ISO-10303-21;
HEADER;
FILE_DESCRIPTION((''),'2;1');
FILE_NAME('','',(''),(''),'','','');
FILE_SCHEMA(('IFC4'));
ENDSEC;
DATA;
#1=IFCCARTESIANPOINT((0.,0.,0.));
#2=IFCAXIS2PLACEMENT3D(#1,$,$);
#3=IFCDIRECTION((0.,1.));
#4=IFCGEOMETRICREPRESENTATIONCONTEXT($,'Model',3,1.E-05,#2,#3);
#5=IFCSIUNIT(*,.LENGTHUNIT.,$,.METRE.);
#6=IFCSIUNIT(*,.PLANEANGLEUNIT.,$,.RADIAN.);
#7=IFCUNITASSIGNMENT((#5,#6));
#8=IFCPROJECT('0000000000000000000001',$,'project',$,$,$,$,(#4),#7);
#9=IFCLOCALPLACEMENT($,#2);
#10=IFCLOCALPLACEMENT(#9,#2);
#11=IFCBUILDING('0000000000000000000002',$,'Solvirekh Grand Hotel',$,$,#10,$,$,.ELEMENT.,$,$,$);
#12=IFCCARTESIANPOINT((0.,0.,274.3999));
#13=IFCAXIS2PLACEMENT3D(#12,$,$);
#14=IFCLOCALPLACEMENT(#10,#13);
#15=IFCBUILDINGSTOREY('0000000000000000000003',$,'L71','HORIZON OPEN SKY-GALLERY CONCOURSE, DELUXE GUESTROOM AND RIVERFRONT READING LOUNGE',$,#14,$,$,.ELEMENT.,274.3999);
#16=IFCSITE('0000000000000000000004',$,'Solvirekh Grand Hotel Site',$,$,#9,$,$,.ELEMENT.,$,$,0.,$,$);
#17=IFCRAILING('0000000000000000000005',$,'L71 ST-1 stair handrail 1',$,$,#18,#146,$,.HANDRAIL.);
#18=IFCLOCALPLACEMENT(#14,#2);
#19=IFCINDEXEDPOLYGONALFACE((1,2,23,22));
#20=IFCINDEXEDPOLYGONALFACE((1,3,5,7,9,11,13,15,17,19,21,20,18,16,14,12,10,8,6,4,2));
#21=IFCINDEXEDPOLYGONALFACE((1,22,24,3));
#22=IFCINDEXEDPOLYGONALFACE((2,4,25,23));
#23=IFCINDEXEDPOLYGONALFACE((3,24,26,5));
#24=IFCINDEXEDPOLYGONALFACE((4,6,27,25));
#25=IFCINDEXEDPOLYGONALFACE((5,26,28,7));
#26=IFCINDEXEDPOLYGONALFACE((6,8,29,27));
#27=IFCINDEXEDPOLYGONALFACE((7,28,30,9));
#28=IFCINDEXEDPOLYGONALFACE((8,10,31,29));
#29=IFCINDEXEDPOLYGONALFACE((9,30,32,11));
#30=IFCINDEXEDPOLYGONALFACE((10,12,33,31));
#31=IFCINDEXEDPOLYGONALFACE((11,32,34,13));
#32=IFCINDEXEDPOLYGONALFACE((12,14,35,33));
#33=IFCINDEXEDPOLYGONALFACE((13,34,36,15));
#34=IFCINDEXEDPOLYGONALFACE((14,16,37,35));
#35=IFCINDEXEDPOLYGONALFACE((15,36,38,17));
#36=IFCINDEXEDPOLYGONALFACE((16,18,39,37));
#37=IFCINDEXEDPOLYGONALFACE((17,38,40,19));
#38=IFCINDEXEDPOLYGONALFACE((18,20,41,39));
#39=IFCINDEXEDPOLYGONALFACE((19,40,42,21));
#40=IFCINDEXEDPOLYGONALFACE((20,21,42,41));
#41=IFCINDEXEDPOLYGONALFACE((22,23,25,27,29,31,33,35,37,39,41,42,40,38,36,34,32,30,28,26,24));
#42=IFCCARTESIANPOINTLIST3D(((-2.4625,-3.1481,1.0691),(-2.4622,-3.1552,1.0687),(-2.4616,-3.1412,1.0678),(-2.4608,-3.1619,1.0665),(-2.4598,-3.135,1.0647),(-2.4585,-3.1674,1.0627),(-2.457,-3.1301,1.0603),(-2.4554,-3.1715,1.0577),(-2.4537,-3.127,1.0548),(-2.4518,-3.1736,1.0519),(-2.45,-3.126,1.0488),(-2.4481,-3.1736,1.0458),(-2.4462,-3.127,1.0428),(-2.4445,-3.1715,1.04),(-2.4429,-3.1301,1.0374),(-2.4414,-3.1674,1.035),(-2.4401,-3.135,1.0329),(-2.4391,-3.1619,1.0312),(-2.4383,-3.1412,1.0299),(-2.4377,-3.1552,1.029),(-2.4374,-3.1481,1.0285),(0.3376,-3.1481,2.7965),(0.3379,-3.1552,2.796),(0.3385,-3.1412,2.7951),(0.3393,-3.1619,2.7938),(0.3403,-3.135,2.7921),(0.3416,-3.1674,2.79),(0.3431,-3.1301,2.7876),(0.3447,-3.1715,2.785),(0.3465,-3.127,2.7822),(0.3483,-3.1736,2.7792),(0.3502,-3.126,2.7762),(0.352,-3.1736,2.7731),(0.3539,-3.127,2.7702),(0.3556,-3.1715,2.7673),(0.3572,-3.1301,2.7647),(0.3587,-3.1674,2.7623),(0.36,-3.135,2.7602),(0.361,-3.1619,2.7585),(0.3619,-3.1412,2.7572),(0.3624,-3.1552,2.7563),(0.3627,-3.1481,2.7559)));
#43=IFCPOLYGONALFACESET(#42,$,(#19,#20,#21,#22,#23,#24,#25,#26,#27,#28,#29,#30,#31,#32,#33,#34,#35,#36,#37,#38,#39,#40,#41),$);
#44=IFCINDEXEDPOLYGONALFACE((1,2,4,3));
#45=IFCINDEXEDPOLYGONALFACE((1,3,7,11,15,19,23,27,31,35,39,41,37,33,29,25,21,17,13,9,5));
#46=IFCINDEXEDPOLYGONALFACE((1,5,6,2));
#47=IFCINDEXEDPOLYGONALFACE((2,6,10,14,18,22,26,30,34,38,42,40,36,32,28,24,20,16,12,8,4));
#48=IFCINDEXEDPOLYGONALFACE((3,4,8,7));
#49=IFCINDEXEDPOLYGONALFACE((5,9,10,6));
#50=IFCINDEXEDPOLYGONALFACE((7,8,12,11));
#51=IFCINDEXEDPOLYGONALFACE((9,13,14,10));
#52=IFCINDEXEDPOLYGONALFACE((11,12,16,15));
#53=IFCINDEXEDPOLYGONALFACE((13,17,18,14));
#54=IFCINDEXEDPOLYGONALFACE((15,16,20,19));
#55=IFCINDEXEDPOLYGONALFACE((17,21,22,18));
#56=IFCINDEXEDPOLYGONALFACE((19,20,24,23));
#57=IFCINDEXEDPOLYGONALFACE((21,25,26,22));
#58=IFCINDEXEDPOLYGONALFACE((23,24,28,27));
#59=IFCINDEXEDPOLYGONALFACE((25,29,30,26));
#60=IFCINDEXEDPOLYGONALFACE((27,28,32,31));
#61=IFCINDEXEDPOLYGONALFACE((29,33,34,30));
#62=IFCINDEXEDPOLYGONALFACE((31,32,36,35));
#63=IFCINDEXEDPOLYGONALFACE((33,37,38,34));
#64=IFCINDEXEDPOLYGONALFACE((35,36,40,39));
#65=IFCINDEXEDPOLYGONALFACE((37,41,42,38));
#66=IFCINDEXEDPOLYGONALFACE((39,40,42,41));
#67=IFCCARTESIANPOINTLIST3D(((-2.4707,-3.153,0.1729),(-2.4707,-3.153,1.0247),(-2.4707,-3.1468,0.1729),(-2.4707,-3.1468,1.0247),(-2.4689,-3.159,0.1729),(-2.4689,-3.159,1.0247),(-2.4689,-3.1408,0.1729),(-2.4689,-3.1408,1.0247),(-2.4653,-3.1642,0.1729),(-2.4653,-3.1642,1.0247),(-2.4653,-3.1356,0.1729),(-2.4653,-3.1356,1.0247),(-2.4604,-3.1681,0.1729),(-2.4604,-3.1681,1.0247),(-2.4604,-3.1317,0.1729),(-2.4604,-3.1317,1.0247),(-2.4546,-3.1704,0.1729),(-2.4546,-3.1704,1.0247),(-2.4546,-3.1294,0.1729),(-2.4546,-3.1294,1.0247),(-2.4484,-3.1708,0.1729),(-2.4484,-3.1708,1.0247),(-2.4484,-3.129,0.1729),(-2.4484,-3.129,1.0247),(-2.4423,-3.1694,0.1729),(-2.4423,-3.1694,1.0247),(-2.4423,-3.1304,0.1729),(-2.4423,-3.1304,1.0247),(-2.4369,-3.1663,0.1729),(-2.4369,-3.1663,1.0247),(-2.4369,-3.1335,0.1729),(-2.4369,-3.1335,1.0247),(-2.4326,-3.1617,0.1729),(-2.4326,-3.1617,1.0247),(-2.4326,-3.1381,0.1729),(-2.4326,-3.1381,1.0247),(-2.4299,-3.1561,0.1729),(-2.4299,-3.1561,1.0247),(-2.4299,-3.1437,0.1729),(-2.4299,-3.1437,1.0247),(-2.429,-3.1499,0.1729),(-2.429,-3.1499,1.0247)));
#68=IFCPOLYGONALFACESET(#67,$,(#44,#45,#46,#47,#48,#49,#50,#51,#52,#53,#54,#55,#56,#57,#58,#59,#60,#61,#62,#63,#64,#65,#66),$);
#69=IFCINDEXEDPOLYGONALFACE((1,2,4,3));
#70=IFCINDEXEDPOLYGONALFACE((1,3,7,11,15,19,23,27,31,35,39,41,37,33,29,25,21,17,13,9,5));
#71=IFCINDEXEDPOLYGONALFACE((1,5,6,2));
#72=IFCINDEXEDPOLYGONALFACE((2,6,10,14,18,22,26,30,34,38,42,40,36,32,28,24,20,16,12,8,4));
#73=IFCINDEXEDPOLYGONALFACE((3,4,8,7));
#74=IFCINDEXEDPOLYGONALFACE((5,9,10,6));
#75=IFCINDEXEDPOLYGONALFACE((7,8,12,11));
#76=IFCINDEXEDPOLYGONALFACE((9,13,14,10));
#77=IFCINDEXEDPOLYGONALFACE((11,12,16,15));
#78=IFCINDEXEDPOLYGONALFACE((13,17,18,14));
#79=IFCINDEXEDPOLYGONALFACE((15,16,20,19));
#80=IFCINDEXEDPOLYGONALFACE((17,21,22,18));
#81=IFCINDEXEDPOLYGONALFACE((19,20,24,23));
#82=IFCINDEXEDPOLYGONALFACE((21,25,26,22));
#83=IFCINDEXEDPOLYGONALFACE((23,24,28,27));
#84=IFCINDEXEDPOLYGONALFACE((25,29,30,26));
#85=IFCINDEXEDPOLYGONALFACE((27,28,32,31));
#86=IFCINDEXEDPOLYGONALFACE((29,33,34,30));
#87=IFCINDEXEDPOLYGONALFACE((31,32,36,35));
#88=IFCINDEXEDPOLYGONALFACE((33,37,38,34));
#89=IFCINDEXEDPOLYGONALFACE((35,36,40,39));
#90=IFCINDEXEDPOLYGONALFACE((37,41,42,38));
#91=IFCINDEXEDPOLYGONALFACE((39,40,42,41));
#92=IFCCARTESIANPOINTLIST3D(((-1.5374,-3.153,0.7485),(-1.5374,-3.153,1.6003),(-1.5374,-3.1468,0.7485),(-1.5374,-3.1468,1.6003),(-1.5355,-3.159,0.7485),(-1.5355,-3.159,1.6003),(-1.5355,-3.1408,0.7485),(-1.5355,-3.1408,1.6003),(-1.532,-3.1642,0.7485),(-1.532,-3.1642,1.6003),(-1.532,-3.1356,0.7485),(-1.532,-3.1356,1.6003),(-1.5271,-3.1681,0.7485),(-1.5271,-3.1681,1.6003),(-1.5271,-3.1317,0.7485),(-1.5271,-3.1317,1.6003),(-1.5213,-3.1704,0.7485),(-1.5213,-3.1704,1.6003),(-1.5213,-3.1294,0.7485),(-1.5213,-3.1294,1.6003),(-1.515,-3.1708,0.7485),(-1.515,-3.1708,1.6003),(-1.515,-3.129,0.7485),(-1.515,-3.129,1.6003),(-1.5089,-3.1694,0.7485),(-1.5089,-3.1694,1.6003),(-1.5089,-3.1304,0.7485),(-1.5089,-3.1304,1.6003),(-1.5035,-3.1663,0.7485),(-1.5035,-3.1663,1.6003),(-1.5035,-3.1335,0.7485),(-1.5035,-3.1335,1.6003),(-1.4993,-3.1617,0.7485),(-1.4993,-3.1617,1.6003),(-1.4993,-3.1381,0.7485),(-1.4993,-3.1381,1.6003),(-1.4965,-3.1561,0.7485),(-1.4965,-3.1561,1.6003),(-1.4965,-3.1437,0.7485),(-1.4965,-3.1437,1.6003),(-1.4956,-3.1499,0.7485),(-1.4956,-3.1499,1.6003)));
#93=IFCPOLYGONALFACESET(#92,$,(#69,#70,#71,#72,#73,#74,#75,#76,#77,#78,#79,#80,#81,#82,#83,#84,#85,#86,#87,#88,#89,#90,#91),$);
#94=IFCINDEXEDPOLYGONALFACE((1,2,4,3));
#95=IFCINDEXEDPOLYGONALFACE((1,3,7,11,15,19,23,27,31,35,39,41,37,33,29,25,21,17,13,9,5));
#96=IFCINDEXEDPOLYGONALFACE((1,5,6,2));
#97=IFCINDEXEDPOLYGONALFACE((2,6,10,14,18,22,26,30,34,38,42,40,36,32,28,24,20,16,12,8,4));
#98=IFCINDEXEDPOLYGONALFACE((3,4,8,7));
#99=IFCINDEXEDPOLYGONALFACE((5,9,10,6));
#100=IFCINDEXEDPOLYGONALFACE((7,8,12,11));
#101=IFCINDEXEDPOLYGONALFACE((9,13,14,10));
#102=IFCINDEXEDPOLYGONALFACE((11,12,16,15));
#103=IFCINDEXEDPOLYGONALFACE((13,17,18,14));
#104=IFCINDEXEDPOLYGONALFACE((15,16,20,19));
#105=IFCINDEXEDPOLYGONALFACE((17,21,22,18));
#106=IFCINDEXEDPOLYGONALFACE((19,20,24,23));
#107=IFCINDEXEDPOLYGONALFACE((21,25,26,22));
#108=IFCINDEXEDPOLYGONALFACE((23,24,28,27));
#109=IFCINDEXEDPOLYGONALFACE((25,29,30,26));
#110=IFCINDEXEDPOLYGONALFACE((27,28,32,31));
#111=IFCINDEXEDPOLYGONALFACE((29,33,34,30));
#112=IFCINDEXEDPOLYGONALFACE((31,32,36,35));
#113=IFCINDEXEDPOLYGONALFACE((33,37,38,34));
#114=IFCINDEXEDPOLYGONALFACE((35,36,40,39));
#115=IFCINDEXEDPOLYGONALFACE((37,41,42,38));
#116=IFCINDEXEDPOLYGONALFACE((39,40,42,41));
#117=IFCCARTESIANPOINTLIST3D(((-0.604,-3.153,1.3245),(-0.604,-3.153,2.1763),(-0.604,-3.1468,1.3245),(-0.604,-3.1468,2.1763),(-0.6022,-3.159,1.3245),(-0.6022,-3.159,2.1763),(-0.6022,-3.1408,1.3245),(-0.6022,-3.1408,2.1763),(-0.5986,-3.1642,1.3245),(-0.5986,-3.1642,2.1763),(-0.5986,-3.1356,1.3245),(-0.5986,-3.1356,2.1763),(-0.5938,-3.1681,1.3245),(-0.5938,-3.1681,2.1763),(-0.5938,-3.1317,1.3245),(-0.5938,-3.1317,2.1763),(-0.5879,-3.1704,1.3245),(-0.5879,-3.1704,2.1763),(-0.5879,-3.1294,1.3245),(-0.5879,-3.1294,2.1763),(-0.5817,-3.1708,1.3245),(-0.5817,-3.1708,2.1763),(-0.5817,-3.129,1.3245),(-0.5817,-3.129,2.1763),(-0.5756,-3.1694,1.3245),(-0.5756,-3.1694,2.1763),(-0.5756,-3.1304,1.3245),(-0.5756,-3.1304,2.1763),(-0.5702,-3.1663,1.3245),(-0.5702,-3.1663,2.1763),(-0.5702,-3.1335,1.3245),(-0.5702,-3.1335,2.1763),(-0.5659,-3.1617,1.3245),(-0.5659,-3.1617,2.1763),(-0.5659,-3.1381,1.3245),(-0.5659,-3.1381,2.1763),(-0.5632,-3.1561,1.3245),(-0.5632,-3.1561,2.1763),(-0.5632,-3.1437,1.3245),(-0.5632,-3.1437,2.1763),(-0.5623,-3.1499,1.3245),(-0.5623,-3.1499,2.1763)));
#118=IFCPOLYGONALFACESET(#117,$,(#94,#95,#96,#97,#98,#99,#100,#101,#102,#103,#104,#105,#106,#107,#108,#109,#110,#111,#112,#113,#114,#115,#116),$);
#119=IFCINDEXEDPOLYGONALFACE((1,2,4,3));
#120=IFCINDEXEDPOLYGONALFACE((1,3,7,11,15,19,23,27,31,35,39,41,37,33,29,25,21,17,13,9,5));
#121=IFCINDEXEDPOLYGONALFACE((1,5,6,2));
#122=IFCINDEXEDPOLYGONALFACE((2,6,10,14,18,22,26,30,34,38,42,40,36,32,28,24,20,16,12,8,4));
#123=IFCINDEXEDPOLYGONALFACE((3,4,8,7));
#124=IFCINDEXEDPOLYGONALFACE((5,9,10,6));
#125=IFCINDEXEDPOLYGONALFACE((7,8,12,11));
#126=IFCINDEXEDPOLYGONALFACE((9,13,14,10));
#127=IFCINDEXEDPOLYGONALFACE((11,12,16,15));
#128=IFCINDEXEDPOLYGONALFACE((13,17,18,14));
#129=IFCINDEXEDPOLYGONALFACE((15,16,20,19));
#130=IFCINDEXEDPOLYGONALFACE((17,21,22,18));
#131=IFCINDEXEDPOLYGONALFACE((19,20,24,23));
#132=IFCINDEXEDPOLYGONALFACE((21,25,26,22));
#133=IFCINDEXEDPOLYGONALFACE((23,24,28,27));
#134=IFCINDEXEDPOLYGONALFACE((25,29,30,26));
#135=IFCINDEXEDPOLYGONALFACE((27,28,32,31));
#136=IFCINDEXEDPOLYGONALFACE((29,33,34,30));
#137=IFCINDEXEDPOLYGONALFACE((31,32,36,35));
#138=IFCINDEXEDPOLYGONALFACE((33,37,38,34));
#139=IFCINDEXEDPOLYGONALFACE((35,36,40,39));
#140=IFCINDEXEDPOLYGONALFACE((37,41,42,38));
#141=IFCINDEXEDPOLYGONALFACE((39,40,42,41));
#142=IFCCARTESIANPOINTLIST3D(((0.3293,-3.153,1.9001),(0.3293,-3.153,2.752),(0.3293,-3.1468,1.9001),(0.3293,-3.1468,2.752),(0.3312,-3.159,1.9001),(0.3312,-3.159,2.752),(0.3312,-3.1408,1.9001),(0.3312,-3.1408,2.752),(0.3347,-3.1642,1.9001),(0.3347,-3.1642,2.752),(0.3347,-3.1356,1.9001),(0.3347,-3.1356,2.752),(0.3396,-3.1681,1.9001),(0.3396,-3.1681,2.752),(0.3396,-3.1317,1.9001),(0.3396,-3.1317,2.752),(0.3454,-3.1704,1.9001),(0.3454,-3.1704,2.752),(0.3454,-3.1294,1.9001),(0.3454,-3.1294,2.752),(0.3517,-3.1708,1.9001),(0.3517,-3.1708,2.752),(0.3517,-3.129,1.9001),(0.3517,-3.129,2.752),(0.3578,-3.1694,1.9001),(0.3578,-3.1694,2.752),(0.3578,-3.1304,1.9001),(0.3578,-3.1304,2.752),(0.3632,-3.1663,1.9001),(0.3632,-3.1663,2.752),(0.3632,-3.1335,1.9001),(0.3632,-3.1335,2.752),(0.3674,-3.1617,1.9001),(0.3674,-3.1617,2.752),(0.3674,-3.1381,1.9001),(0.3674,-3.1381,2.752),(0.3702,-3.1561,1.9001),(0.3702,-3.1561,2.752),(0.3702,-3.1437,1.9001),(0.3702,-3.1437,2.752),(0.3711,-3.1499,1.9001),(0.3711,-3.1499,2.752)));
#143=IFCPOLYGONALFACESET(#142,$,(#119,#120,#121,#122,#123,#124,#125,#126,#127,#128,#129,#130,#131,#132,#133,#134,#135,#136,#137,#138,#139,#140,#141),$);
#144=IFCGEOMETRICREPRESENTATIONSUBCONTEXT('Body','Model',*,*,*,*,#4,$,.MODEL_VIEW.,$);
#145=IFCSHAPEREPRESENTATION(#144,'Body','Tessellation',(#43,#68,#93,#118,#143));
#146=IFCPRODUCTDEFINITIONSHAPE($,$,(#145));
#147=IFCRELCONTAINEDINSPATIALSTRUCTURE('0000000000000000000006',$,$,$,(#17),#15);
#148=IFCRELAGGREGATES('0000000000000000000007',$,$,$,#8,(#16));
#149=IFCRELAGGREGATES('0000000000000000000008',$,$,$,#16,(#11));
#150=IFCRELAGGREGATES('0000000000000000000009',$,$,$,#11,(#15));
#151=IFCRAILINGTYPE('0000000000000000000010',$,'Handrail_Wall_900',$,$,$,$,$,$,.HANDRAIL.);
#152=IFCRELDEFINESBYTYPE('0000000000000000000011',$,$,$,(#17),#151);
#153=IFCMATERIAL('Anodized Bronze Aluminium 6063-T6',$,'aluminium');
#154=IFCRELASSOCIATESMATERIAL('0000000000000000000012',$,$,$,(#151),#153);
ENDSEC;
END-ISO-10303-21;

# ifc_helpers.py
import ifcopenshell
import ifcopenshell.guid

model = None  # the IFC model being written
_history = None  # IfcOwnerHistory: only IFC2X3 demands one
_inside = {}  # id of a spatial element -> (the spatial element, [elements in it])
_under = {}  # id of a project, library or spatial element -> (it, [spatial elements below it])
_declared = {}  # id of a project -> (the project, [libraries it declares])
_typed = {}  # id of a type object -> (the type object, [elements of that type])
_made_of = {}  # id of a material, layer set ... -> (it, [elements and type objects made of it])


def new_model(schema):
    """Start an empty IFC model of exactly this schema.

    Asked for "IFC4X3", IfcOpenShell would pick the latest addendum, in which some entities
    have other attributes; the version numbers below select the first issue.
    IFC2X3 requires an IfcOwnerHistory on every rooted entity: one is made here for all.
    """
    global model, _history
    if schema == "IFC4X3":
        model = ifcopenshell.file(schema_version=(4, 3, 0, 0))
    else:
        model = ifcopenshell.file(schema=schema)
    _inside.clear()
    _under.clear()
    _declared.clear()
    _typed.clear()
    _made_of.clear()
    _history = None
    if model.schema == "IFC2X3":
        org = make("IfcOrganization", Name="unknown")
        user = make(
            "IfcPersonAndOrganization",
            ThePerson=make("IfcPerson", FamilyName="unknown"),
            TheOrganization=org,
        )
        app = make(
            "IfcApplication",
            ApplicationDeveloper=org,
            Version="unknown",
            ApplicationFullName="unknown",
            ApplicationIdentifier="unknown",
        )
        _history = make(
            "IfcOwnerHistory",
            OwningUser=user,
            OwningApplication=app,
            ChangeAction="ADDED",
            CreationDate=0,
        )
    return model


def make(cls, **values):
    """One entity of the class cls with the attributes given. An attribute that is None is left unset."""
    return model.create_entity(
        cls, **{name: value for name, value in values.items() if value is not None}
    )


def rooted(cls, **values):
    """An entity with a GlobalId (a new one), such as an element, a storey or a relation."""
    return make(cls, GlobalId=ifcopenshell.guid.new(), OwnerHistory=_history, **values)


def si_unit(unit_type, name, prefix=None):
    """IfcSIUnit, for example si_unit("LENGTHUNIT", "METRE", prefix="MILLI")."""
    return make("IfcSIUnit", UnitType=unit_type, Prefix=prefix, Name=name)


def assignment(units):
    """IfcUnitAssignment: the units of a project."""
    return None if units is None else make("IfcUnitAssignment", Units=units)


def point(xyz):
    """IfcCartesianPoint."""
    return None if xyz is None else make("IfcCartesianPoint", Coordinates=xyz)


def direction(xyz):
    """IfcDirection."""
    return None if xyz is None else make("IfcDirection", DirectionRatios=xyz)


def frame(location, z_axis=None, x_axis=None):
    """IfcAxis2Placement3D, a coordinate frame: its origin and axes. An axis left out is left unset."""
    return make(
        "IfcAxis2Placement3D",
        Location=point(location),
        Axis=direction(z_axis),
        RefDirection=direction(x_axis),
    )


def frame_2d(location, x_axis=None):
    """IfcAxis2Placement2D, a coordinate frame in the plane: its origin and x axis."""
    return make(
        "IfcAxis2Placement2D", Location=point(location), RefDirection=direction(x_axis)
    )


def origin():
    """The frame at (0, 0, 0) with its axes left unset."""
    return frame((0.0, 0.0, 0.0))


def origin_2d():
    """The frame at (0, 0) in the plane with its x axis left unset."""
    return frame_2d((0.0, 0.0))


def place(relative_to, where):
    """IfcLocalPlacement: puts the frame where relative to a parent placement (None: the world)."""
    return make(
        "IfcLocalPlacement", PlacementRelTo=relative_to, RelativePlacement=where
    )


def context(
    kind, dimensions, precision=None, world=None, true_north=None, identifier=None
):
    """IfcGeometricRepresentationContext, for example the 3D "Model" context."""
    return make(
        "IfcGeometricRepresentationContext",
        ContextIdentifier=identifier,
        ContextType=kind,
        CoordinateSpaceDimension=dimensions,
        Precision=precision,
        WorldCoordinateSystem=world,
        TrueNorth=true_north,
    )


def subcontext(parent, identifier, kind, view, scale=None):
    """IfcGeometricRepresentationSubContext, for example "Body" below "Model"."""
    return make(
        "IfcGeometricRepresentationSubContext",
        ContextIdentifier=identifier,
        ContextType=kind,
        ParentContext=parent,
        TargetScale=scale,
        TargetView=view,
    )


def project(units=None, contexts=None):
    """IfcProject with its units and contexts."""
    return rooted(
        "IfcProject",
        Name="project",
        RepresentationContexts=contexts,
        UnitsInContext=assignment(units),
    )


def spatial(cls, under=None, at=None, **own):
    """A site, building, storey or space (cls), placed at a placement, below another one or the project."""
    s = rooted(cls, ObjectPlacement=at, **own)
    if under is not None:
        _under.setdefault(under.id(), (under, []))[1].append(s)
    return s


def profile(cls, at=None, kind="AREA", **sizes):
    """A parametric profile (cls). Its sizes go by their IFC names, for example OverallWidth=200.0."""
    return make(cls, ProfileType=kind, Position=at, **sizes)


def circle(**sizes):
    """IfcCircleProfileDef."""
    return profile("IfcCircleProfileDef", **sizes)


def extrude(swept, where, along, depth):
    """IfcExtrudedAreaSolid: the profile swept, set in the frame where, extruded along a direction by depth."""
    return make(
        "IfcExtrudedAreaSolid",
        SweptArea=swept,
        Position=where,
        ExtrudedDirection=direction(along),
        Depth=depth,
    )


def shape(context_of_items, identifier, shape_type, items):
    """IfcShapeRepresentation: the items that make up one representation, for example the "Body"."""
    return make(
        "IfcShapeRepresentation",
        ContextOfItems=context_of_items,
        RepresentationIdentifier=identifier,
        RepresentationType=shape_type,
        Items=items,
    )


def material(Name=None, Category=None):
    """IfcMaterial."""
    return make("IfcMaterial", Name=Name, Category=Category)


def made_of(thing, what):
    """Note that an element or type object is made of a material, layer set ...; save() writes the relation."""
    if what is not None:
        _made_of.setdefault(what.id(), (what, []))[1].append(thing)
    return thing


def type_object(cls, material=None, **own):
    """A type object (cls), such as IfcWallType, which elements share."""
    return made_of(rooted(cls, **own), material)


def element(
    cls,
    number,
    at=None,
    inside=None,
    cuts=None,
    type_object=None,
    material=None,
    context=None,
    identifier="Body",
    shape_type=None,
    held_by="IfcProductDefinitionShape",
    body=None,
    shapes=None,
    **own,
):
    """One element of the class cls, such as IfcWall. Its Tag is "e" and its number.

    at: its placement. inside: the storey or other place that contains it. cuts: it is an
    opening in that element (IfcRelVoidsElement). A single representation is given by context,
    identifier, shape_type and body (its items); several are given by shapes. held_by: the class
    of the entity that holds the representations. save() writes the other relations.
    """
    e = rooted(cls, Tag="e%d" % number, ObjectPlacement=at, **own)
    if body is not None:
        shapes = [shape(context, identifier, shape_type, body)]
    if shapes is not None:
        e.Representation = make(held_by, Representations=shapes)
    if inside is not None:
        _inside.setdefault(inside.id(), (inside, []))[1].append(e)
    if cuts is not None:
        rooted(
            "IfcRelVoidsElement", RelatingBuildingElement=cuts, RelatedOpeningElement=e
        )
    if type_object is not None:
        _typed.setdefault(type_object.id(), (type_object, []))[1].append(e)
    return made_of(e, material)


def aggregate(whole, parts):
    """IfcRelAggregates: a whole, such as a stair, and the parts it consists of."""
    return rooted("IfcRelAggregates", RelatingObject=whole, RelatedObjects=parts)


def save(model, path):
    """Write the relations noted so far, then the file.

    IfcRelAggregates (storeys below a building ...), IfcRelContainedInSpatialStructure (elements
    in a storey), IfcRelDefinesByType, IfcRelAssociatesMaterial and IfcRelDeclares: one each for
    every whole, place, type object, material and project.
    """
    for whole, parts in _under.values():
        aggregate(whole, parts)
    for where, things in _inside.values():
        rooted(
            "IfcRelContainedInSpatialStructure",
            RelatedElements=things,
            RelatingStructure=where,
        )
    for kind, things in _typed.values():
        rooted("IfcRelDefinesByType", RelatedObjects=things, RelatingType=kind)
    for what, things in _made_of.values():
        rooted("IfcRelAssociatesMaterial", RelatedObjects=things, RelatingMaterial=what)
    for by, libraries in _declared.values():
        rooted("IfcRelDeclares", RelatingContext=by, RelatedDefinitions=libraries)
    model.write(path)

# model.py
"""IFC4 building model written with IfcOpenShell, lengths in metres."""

from ifc_helpers import new_model, si_unit, direction, frame, origin, origin_2d, place, context, subcontext, project, spatial, circle, extrude, material, type_object, element, save


model = new_model("IFC4")

# Units and contexts
model_context = context("Model", 3, precision=1e-05, world=origin(), true_north=direction((0.0, 1.0)))
body_context = subcontext(model_context, "Body", "Model", "MODEL_VIEW")
ifc_project = project(units=[si_unit("LENGTHUNIT", "METRE"), si_unit("PLANEANGLEUNIT", "RADIAN")], contexts=[model_context])

# Site, building, storey
site_placement = place(None, origin())
site = spatial("IfcSite", under=ifc_project, at=site_placement, Name="Solvirekh Grand Hotel Site", CompositionType="ELEMENT", RefElevation=0.0)
building_placement = place(site_placement, origin())
building = spatial("IfcBuilding", under=site, at=building_placement, Name="Solvirekh Grand Hotel", CompositionType="ELEMENT")
storey_placement = place(building_placement, frame((0.0, 0.0, 274.3999)))
storey = spatial("IfcBuildingStorey", under=building, at=storey_placement, Name="L71", Description="HORIZON OPEN SKY-GALLERY CONCOURSE, DELUXE GUESTROOM AND RIVERFRONT READING LOUNGE", CompositionType="ELEMENT", Elevation=274.3999)

# Shared definitions
ifc_material_1 = material(Name="Anodized Bronze Aluminium 6063-T6", Category="aluminium")

# Railing
railing_type_1 = type_object("IfcRailingType", Name="Handrail_Wall_900", PredefinedType="HANDRAIL", material=ifc_material_1)
railing_1_placement = place(storey_placement, frame((-2.45, -3.1499, 0.1729)))
element("IfcRailing", 1, at=railing_1_placement, inside=storey, type_object=railing_type_1, Name="L71 ST-1 stair handrail 1", PredefinedType="HANDRAIL", context=body_context, shape_type="SweptSolid", body=[
    extrude(circle(Radius=0.0239, at=origin_2d()), frame((0.0, 0.0, 0.876), z_axis=(0.85109, 0.0, 0.52502), x_axis=(0.0, 1.0, 0.0)), (0.0, 0.0, 1.0), 3.29),
    extrude(circle(Radius=0.021, at=origin_2d()), origin(), (0.0, 0.0, 1.0), 0.8518),
    extrude(circle(Radius=0.021, at=origin_2d()), frame((0.9333, 0.0, 0.5757)), (0.0, 0.0, 1.0), 0.8518),
    extrude(circle(Radius=0.021, at=origin_2d()), frame((1.8667, 0.0, 1.1516)), (0.0, 0.0, 1.0), 0.8518),
    extrude(circle(Radius=0.021, at=origin_2d()), frame((2.8, 0.0, 1.7273)), (0.0, 0.0, 1.0), 0.8518),
])

save(model, "model.ifc")
